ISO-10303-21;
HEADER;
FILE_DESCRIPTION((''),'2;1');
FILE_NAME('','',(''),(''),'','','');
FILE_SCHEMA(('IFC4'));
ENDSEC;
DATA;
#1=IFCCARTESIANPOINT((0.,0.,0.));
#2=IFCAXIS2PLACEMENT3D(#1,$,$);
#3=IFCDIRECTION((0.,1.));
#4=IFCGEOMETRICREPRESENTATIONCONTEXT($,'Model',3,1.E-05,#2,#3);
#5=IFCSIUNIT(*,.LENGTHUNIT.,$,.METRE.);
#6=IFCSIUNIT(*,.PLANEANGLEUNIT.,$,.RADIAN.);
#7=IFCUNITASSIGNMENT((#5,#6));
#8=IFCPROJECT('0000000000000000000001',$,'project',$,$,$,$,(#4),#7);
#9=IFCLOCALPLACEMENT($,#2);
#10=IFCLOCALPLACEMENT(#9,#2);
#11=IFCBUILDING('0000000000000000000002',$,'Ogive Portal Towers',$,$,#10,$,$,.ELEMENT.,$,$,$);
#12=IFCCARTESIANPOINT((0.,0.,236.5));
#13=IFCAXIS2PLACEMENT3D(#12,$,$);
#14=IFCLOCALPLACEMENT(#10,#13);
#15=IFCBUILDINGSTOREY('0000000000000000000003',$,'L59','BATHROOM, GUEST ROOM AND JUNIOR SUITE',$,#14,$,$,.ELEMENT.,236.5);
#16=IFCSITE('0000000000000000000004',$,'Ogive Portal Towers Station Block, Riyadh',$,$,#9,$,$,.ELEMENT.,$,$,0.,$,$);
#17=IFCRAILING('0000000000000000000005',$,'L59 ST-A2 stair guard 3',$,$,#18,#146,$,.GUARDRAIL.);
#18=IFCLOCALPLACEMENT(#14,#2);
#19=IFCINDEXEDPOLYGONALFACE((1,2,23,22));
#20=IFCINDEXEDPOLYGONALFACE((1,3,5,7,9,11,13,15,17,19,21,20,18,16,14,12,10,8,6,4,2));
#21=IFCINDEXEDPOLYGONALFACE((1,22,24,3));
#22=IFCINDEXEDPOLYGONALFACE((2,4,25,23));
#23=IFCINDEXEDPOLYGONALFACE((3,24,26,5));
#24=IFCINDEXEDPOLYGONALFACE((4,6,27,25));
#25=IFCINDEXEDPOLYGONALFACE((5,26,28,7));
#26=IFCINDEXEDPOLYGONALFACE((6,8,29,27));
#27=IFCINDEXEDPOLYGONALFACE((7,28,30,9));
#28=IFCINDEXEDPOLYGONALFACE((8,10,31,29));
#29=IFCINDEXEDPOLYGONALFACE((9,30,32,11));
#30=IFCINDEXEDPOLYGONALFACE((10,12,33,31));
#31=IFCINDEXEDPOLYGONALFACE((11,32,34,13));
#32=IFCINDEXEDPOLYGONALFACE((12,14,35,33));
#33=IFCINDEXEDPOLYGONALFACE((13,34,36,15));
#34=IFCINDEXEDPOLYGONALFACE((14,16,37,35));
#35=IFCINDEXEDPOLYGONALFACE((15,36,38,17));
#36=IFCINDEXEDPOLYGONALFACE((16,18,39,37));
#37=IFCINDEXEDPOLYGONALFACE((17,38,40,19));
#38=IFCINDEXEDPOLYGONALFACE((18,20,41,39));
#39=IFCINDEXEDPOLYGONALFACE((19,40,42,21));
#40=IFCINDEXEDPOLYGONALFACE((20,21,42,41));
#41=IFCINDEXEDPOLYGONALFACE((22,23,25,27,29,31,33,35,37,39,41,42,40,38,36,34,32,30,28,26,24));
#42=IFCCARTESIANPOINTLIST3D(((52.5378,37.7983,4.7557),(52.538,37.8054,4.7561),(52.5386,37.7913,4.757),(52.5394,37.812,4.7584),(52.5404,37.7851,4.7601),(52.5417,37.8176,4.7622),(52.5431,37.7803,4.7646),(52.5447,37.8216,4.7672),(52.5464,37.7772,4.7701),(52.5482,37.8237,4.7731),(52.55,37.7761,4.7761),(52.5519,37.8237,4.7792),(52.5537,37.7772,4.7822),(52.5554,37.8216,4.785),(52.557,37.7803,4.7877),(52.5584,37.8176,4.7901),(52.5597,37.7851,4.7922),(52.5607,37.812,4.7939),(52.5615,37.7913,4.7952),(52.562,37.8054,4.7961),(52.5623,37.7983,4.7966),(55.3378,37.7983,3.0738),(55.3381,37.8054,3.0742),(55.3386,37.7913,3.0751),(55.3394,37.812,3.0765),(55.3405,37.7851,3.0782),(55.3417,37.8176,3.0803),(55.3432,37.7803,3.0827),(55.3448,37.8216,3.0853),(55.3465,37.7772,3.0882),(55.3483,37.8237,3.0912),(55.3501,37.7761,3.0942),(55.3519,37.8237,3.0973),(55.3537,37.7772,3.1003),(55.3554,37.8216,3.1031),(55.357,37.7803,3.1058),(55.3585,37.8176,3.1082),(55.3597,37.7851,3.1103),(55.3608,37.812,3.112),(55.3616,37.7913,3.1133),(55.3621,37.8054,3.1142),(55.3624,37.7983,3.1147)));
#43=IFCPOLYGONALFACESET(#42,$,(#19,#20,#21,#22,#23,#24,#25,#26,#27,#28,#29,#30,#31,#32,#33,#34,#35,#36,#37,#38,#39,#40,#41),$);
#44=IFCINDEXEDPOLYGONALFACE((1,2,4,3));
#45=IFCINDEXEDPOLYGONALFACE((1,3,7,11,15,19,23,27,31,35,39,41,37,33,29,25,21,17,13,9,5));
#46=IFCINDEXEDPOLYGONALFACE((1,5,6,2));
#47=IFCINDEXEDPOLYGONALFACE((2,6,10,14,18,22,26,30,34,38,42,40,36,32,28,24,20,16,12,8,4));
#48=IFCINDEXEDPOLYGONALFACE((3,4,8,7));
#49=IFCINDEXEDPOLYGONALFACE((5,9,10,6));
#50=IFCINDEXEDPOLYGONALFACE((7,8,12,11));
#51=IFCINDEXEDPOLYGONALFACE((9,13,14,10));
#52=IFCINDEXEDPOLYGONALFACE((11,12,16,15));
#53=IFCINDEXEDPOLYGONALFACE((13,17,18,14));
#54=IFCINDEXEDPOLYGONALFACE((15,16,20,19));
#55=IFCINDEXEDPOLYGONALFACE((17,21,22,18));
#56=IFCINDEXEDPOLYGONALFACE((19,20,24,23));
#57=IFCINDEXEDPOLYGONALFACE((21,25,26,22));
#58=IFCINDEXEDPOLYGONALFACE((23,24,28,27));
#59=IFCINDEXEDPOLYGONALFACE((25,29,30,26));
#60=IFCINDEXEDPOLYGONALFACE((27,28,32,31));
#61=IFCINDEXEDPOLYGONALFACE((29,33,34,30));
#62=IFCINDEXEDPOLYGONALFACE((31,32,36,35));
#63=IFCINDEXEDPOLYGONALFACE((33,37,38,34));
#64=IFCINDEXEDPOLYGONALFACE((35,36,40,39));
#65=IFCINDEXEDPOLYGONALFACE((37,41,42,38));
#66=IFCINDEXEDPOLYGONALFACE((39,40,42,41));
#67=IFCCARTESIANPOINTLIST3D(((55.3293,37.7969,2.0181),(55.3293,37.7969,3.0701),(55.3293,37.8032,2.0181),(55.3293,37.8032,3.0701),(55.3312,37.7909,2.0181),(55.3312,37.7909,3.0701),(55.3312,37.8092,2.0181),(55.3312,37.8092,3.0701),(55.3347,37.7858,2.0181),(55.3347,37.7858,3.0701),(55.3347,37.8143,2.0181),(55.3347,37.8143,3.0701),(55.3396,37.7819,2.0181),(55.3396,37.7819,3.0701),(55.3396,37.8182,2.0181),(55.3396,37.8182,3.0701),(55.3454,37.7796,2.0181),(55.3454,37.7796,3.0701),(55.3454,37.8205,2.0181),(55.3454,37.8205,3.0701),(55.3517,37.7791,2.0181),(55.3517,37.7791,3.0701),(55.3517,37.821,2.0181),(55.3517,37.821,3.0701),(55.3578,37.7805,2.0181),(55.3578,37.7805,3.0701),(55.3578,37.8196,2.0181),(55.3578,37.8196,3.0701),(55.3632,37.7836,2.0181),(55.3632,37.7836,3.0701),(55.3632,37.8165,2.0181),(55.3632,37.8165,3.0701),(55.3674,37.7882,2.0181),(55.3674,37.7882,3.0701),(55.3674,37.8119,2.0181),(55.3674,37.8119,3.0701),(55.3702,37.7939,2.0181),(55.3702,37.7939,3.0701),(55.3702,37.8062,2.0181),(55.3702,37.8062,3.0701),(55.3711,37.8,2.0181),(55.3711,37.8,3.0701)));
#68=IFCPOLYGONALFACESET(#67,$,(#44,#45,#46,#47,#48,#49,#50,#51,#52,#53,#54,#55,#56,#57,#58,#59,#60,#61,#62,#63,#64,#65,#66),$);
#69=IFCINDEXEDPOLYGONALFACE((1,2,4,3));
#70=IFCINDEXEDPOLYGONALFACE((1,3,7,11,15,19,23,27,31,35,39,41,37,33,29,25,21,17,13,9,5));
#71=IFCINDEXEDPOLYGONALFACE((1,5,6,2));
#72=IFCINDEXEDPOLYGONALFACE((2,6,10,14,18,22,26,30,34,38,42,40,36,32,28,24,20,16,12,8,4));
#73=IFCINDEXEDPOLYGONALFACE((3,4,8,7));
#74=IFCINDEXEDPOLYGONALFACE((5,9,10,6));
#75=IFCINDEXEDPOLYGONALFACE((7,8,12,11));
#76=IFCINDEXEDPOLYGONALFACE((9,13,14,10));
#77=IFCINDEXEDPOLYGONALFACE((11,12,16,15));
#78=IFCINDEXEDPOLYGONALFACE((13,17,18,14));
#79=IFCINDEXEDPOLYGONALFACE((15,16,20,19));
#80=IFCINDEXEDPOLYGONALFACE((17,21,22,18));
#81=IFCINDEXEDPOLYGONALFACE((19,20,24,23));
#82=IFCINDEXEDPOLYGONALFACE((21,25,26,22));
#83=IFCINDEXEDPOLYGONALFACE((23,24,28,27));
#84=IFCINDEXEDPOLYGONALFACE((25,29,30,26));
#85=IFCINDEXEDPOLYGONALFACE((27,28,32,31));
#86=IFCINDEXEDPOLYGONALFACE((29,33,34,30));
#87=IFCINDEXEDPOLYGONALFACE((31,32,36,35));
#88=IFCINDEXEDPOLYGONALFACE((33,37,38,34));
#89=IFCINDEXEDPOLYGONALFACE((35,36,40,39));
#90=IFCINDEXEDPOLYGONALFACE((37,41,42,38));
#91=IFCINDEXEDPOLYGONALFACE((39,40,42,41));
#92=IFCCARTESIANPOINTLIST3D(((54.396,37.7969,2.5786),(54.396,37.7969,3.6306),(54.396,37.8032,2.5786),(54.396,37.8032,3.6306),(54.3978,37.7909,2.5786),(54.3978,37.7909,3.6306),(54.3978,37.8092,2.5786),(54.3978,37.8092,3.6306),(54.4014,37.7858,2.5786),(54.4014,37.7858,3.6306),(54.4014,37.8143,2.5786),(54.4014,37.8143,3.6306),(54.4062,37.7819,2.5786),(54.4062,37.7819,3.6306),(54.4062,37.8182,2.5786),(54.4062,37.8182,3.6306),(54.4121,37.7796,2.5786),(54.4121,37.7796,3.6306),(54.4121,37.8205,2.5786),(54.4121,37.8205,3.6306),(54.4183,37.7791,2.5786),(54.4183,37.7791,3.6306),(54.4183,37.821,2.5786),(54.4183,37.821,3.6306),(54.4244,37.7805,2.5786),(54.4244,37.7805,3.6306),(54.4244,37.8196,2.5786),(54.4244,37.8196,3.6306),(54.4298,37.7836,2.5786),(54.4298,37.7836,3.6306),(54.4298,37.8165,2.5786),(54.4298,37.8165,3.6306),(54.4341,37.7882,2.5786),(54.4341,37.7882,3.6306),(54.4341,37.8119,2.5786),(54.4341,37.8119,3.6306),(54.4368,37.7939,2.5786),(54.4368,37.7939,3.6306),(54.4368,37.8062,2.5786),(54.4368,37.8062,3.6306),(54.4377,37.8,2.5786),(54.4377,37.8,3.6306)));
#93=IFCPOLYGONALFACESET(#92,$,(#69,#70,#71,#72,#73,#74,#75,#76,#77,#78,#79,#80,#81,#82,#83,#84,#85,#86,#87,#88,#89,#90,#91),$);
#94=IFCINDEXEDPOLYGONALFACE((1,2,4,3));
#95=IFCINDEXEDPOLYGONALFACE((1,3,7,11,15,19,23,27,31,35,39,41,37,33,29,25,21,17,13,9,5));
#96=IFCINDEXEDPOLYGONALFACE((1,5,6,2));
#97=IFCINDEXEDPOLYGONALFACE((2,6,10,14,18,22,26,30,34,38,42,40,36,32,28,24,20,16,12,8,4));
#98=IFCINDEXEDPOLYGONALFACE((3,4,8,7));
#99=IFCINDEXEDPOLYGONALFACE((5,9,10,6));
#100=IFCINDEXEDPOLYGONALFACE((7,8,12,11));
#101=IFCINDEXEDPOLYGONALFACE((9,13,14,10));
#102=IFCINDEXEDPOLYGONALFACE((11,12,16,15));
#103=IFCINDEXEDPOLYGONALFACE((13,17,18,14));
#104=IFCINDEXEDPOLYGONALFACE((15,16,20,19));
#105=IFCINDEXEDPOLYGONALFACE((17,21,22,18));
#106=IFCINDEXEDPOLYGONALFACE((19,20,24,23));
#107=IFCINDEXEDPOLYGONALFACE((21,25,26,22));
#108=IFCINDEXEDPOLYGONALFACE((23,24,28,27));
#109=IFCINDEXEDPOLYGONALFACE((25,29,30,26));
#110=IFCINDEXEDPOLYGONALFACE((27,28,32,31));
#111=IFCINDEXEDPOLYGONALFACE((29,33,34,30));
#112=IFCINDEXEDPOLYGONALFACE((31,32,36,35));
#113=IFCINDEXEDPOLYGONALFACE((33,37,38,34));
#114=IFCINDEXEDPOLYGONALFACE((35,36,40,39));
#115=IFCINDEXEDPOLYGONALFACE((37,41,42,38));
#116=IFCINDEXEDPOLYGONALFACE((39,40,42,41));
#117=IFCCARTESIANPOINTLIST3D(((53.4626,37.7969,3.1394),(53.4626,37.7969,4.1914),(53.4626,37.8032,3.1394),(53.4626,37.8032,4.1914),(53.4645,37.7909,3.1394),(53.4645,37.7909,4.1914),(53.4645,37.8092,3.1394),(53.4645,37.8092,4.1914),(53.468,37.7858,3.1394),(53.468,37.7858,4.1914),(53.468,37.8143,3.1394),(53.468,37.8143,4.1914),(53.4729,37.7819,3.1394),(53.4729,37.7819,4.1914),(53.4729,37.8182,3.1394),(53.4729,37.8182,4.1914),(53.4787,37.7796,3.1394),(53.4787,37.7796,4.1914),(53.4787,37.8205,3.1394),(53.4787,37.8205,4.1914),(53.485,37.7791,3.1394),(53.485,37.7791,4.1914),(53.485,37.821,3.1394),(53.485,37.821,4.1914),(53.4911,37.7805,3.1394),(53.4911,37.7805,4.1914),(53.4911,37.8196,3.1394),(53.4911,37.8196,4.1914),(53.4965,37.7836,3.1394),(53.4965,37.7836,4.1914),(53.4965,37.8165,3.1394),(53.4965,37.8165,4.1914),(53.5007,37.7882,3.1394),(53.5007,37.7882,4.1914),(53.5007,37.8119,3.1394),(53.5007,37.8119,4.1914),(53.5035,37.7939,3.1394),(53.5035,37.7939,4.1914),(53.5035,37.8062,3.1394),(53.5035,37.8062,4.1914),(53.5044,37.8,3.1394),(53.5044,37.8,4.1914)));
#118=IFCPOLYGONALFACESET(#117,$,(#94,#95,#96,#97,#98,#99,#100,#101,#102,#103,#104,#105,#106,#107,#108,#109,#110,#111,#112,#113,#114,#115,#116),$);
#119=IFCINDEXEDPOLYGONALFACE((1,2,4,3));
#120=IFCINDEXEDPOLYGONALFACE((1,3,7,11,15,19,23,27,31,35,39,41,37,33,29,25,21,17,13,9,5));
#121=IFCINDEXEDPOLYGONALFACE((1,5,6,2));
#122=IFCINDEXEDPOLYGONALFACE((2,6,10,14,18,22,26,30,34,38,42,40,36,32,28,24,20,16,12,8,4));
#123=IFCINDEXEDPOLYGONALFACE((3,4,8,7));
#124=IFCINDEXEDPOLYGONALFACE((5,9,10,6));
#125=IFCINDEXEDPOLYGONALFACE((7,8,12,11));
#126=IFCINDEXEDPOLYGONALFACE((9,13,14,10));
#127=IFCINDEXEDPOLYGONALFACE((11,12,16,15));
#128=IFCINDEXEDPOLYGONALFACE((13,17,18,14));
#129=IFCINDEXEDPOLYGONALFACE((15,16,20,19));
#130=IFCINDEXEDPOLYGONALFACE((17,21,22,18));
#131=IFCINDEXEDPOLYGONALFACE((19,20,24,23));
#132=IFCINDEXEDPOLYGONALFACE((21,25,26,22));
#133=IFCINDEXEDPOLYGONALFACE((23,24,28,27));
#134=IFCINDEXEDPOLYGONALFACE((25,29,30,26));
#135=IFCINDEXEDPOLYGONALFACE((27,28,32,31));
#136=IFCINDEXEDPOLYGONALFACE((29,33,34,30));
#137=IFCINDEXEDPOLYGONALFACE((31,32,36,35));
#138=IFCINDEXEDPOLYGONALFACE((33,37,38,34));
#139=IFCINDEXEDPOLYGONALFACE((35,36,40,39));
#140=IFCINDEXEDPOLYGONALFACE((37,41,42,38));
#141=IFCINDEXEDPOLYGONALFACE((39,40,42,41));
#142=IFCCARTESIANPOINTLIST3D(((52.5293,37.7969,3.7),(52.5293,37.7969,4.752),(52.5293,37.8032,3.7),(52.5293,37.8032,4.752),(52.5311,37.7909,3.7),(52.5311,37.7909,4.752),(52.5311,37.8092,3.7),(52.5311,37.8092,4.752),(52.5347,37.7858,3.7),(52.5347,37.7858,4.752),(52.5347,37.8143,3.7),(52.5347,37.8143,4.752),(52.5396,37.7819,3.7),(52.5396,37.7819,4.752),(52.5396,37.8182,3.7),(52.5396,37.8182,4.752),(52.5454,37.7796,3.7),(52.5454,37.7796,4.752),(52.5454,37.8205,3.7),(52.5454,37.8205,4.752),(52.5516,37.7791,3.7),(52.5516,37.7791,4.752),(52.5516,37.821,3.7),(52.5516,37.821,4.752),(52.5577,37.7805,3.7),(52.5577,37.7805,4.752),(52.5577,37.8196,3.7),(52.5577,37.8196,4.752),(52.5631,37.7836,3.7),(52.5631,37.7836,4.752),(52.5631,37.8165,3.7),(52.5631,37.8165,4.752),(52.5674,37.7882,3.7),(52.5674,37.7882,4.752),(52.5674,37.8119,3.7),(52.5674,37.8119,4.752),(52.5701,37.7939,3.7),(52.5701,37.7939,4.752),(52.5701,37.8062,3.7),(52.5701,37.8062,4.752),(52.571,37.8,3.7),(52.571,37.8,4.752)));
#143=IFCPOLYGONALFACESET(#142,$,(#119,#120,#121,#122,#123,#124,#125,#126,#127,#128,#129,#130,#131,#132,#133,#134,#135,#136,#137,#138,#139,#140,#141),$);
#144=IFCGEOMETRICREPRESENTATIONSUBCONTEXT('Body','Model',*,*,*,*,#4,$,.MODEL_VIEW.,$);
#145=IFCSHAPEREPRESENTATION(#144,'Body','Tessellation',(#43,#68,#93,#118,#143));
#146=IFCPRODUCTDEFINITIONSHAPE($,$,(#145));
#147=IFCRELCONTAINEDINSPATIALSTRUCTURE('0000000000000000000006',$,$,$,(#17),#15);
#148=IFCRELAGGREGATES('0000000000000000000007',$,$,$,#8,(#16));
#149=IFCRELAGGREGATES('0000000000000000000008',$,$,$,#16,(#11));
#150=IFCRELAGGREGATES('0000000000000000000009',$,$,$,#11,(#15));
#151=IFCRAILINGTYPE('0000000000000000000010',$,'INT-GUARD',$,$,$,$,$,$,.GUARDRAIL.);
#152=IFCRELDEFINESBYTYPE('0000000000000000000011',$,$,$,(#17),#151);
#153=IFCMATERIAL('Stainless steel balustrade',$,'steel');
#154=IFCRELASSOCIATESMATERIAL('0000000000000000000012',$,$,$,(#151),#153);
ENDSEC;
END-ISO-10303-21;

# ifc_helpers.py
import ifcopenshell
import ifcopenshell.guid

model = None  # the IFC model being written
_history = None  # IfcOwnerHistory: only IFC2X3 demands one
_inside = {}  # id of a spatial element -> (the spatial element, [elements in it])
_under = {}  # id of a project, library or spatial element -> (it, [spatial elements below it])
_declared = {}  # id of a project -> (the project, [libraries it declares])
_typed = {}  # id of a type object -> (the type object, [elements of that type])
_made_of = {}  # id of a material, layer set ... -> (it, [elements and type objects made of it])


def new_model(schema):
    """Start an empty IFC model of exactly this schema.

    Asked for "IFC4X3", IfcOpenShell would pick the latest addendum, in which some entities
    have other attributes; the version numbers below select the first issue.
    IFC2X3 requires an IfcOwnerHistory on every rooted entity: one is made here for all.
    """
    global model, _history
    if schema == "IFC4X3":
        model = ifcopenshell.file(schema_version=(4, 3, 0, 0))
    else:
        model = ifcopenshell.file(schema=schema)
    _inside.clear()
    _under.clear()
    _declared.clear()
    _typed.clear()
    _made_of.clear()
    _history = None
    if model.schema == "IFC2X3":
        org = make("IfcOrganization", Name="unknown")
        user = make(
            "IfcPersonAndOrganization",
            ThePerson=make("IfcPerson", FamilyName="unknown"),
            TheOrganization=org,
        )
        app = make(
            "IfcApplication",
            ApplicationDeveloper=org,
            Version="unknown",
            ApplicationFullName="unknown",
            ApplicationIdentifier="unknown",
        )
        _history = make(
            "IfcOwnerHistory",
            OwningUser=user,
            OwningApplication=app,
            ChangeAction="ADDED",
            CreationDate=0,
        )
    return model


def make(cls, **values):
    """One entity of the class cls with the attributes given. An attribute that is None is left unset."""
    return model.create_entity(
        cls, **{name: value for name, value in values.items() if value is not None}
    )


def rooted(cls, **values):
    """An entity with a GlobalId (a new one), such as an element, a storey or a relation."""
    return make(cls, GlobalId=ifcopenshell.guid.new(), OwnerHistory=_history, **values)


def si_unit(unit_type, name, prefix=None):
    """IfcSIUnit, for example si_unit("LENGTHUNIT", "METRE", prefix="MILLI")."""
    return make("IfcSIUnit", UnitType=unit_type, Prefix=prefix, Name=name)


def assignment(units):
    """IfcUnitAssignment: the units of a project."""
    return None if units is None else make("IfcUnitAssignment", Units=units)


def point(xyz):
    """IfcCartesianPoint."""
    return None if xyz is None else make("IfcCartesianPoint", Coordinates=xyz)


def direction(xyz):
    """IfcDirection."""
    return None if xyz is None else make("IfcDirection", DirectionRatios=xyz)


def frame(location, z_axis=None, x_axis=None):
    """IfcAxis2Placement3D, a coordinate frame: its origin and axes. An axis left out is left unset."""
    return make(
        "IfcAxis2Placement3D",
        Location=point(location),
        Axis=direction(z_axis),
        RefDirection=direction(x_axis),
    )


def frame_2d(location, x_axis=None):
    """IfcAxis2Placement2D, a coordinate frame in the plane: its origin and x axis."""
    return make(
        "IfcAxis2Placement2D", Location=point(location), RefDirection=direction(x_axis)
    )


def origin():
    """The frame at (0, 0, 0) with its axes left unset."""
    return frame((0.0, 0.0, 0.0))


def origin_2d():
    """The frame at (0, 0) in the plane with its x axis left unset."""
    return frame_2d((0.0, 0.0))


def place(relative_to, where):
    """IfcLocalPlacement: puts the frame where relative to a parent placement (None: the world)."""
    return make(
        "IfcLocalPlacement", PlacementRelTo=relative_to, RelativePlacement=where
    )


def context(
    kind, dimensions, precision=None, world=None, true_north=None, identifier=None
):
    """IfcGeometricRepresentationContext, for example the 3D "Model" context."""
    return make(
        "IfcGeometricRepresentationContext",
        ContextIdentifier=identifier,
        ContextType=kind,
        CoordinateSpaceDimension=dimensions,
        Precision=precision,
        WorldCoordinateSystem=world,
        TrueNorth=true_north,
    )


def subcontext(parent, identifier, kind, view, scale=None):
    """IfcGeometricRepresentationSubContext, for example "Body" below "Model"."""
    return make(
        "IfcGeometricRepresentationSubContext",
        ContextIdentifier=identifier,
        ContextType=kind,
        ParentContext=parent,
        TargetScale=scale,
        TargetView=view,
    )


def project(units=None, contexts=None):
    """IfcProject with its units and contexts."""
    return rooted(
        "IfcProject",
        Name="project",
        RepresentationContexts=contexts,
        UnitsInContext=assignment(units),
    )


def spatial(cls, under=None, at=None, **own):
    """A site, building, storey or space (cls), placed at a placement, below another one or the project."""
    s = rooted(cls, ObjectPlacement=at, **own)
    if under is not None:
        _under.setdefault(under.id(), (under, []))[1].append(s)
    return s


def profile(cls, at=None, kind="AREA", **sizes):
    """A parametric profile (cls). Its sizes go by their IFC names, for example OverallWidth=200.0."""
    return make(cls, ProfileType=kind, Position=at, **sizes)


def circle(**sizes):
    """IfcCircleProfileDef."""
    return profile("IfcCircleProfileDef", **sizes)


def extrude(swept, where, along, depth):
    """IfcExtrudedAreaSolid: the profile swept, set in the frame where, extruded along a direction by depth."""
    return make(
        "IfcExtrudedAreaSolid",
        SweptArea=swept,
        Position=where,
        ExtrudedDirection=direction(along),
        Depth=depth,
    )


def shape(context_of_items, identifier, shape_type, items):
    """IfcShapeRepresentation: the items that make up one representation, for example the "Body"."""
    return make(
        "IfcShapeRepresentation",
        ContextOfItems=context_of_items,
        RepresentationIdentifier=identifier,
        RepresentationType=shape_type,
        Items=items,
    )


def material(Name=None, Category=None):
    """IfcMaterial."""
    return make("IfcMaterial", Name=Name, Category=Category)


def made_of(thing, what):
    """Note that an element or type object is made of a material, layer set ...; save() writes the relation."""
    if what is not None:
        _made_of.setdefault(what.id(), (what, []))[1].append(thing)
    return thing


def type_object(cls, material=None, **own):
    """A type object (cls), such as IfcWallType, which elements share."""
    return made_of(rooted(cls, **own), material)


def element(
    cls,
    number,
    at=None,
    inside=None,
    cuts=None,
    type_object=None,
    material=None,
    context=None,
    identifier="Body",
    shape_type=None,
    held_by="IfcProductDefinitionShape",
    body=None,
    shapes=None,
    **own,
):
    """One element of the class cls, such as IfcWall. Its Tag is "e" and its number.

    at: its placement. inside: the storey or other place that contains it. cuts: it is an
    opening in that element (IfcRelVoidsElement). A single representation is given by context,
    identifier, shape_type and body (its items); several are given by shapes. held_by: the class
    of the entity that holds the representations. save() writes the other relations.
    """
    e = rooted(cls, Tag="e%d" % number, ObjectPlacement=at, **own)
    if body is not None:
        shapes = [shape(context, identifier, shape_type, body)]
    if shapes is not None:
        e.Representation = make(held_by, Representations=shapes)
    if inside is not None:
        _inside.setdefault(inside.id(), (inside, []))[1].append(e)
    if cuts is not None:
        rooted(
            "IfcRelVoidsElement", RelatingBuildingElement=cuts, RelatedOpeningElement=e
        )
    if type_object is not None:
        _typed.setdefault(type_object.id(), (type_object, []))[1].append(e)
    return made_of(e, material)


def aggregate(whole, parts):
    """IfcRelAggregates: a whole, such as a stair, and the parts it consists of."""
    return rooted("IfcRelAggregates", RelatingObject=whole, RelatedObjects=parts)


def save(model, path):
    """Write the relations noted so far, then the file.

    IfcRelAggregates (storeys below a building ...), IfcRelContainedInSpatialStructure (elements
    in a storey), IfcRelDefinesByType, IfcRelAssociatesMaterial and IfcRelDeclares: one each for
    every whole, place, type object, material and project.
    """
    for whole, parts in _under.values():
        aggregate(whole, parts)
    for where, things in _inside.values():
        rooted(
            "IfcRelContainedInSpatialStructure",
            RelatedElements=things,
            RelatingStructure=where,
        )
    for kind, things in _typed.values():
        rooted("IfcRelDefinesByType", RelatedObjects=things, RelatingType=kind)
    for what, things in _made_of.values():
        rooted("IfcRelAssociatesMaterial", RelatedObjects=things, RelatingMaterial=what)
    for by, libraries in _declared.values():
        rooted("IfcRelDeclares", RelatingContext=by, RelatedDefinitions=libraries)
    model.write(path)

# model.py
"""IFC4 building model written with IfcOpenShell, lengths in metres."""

from ifc_helpers import new_model, si_unit, direction, frame, origin, origin_2d, place, context, subcontext, project, spatial, circle, extrude, material, type_object, element, save


model = new_model("IFC4")

# Units and contexts
model_context = context("Model", 3, precision=1e-05, world=origin(), true_north=direction((0.0, 1.0)))
body_context = subcontext(model_context, "Body", "Model", "MODEL_VIEW")
ifc_project = project(units=[si_unit("LENGTHUNIT", "METRE"), si_unit("PLANEANGLEUNIT", "RADIAN")], contexts=[model_context])

# Site, building, storey
site_placement = place(None, origin())
site = spatial("IfcSite", under=ifc_project, at=site_placement, Name="Ogive Portal Towers Station Block, Riyadh", CompositionType="ELEMENT", RefElevation=0.0)
building_placement = place(site_placement, origin())
building = spatial("IfcBuilding", under=site, at=building_placement, Name="Ogive Portal Towers", CompositionType="ELEMENT")
storey_placement = place(building_placement, frame((0.0, 0.0, 236.5)))
storey = spatial("IfcBuildingStorey", under=building, at=storey_placement, Name="L59", Description="BATHROOM, GUEST ROOM AND JUNIOR SUITE", CompositionType="ELEMENT", Elevation=236.5)

# Railing
ifc_material_1 = material(Name="Stainless steel balustrade", Category="steel")
railing_type_1 = type_object("IfcRailingType", Name="INT-GUARD", PredefinedType="GUARDRAIL", material=ifc_material_1)
railing_1_placement = place(storey_placement, frame((55.3501, 37.8, 2.0181)))
element("IfcRailing", 1, at=railing_1_placement, inside=storey, type_object=railing_type_1, Name="L59 ST-A2 stair guard 3", PredefinedType="GUARDRAIL", context=body_context, shape_type="SweptSolid", body=[
    extrude(circle(Radius=0.0239, at=origin_2d()), frame((0.0, 0.0, 1.0762), z_axis=(-0.857242, 0.0, 0.514913), x_axis=(0.0, -1.0, 0.0)), (0.0, 0.0, 1.0), 3.2664),
    extrude(circle(Radius=0.021, at=origin_2d()), origin(), (0.0, 0.0, 1.0), 1.052),
    extrude(circle(Radius=0.021, at=origin_2d()), frame((-0.9333, 0.0, 0.5605)), (0.0, 0.0, 1.0), 1.052),
    extrude(circle(Radius=0.021, at=origin_2d()), frame((-1.8667, 0.0, 1.1213)), (0.0, 0.0, 1.0), 1.052),
    extrude(circle(Radius=0.021, at=origin_2d()), frame((-2.8, 0.0, 1.6819)), (0.0, 0.0, 1.0), 1.052),
])

save(model, "model.ifc")
